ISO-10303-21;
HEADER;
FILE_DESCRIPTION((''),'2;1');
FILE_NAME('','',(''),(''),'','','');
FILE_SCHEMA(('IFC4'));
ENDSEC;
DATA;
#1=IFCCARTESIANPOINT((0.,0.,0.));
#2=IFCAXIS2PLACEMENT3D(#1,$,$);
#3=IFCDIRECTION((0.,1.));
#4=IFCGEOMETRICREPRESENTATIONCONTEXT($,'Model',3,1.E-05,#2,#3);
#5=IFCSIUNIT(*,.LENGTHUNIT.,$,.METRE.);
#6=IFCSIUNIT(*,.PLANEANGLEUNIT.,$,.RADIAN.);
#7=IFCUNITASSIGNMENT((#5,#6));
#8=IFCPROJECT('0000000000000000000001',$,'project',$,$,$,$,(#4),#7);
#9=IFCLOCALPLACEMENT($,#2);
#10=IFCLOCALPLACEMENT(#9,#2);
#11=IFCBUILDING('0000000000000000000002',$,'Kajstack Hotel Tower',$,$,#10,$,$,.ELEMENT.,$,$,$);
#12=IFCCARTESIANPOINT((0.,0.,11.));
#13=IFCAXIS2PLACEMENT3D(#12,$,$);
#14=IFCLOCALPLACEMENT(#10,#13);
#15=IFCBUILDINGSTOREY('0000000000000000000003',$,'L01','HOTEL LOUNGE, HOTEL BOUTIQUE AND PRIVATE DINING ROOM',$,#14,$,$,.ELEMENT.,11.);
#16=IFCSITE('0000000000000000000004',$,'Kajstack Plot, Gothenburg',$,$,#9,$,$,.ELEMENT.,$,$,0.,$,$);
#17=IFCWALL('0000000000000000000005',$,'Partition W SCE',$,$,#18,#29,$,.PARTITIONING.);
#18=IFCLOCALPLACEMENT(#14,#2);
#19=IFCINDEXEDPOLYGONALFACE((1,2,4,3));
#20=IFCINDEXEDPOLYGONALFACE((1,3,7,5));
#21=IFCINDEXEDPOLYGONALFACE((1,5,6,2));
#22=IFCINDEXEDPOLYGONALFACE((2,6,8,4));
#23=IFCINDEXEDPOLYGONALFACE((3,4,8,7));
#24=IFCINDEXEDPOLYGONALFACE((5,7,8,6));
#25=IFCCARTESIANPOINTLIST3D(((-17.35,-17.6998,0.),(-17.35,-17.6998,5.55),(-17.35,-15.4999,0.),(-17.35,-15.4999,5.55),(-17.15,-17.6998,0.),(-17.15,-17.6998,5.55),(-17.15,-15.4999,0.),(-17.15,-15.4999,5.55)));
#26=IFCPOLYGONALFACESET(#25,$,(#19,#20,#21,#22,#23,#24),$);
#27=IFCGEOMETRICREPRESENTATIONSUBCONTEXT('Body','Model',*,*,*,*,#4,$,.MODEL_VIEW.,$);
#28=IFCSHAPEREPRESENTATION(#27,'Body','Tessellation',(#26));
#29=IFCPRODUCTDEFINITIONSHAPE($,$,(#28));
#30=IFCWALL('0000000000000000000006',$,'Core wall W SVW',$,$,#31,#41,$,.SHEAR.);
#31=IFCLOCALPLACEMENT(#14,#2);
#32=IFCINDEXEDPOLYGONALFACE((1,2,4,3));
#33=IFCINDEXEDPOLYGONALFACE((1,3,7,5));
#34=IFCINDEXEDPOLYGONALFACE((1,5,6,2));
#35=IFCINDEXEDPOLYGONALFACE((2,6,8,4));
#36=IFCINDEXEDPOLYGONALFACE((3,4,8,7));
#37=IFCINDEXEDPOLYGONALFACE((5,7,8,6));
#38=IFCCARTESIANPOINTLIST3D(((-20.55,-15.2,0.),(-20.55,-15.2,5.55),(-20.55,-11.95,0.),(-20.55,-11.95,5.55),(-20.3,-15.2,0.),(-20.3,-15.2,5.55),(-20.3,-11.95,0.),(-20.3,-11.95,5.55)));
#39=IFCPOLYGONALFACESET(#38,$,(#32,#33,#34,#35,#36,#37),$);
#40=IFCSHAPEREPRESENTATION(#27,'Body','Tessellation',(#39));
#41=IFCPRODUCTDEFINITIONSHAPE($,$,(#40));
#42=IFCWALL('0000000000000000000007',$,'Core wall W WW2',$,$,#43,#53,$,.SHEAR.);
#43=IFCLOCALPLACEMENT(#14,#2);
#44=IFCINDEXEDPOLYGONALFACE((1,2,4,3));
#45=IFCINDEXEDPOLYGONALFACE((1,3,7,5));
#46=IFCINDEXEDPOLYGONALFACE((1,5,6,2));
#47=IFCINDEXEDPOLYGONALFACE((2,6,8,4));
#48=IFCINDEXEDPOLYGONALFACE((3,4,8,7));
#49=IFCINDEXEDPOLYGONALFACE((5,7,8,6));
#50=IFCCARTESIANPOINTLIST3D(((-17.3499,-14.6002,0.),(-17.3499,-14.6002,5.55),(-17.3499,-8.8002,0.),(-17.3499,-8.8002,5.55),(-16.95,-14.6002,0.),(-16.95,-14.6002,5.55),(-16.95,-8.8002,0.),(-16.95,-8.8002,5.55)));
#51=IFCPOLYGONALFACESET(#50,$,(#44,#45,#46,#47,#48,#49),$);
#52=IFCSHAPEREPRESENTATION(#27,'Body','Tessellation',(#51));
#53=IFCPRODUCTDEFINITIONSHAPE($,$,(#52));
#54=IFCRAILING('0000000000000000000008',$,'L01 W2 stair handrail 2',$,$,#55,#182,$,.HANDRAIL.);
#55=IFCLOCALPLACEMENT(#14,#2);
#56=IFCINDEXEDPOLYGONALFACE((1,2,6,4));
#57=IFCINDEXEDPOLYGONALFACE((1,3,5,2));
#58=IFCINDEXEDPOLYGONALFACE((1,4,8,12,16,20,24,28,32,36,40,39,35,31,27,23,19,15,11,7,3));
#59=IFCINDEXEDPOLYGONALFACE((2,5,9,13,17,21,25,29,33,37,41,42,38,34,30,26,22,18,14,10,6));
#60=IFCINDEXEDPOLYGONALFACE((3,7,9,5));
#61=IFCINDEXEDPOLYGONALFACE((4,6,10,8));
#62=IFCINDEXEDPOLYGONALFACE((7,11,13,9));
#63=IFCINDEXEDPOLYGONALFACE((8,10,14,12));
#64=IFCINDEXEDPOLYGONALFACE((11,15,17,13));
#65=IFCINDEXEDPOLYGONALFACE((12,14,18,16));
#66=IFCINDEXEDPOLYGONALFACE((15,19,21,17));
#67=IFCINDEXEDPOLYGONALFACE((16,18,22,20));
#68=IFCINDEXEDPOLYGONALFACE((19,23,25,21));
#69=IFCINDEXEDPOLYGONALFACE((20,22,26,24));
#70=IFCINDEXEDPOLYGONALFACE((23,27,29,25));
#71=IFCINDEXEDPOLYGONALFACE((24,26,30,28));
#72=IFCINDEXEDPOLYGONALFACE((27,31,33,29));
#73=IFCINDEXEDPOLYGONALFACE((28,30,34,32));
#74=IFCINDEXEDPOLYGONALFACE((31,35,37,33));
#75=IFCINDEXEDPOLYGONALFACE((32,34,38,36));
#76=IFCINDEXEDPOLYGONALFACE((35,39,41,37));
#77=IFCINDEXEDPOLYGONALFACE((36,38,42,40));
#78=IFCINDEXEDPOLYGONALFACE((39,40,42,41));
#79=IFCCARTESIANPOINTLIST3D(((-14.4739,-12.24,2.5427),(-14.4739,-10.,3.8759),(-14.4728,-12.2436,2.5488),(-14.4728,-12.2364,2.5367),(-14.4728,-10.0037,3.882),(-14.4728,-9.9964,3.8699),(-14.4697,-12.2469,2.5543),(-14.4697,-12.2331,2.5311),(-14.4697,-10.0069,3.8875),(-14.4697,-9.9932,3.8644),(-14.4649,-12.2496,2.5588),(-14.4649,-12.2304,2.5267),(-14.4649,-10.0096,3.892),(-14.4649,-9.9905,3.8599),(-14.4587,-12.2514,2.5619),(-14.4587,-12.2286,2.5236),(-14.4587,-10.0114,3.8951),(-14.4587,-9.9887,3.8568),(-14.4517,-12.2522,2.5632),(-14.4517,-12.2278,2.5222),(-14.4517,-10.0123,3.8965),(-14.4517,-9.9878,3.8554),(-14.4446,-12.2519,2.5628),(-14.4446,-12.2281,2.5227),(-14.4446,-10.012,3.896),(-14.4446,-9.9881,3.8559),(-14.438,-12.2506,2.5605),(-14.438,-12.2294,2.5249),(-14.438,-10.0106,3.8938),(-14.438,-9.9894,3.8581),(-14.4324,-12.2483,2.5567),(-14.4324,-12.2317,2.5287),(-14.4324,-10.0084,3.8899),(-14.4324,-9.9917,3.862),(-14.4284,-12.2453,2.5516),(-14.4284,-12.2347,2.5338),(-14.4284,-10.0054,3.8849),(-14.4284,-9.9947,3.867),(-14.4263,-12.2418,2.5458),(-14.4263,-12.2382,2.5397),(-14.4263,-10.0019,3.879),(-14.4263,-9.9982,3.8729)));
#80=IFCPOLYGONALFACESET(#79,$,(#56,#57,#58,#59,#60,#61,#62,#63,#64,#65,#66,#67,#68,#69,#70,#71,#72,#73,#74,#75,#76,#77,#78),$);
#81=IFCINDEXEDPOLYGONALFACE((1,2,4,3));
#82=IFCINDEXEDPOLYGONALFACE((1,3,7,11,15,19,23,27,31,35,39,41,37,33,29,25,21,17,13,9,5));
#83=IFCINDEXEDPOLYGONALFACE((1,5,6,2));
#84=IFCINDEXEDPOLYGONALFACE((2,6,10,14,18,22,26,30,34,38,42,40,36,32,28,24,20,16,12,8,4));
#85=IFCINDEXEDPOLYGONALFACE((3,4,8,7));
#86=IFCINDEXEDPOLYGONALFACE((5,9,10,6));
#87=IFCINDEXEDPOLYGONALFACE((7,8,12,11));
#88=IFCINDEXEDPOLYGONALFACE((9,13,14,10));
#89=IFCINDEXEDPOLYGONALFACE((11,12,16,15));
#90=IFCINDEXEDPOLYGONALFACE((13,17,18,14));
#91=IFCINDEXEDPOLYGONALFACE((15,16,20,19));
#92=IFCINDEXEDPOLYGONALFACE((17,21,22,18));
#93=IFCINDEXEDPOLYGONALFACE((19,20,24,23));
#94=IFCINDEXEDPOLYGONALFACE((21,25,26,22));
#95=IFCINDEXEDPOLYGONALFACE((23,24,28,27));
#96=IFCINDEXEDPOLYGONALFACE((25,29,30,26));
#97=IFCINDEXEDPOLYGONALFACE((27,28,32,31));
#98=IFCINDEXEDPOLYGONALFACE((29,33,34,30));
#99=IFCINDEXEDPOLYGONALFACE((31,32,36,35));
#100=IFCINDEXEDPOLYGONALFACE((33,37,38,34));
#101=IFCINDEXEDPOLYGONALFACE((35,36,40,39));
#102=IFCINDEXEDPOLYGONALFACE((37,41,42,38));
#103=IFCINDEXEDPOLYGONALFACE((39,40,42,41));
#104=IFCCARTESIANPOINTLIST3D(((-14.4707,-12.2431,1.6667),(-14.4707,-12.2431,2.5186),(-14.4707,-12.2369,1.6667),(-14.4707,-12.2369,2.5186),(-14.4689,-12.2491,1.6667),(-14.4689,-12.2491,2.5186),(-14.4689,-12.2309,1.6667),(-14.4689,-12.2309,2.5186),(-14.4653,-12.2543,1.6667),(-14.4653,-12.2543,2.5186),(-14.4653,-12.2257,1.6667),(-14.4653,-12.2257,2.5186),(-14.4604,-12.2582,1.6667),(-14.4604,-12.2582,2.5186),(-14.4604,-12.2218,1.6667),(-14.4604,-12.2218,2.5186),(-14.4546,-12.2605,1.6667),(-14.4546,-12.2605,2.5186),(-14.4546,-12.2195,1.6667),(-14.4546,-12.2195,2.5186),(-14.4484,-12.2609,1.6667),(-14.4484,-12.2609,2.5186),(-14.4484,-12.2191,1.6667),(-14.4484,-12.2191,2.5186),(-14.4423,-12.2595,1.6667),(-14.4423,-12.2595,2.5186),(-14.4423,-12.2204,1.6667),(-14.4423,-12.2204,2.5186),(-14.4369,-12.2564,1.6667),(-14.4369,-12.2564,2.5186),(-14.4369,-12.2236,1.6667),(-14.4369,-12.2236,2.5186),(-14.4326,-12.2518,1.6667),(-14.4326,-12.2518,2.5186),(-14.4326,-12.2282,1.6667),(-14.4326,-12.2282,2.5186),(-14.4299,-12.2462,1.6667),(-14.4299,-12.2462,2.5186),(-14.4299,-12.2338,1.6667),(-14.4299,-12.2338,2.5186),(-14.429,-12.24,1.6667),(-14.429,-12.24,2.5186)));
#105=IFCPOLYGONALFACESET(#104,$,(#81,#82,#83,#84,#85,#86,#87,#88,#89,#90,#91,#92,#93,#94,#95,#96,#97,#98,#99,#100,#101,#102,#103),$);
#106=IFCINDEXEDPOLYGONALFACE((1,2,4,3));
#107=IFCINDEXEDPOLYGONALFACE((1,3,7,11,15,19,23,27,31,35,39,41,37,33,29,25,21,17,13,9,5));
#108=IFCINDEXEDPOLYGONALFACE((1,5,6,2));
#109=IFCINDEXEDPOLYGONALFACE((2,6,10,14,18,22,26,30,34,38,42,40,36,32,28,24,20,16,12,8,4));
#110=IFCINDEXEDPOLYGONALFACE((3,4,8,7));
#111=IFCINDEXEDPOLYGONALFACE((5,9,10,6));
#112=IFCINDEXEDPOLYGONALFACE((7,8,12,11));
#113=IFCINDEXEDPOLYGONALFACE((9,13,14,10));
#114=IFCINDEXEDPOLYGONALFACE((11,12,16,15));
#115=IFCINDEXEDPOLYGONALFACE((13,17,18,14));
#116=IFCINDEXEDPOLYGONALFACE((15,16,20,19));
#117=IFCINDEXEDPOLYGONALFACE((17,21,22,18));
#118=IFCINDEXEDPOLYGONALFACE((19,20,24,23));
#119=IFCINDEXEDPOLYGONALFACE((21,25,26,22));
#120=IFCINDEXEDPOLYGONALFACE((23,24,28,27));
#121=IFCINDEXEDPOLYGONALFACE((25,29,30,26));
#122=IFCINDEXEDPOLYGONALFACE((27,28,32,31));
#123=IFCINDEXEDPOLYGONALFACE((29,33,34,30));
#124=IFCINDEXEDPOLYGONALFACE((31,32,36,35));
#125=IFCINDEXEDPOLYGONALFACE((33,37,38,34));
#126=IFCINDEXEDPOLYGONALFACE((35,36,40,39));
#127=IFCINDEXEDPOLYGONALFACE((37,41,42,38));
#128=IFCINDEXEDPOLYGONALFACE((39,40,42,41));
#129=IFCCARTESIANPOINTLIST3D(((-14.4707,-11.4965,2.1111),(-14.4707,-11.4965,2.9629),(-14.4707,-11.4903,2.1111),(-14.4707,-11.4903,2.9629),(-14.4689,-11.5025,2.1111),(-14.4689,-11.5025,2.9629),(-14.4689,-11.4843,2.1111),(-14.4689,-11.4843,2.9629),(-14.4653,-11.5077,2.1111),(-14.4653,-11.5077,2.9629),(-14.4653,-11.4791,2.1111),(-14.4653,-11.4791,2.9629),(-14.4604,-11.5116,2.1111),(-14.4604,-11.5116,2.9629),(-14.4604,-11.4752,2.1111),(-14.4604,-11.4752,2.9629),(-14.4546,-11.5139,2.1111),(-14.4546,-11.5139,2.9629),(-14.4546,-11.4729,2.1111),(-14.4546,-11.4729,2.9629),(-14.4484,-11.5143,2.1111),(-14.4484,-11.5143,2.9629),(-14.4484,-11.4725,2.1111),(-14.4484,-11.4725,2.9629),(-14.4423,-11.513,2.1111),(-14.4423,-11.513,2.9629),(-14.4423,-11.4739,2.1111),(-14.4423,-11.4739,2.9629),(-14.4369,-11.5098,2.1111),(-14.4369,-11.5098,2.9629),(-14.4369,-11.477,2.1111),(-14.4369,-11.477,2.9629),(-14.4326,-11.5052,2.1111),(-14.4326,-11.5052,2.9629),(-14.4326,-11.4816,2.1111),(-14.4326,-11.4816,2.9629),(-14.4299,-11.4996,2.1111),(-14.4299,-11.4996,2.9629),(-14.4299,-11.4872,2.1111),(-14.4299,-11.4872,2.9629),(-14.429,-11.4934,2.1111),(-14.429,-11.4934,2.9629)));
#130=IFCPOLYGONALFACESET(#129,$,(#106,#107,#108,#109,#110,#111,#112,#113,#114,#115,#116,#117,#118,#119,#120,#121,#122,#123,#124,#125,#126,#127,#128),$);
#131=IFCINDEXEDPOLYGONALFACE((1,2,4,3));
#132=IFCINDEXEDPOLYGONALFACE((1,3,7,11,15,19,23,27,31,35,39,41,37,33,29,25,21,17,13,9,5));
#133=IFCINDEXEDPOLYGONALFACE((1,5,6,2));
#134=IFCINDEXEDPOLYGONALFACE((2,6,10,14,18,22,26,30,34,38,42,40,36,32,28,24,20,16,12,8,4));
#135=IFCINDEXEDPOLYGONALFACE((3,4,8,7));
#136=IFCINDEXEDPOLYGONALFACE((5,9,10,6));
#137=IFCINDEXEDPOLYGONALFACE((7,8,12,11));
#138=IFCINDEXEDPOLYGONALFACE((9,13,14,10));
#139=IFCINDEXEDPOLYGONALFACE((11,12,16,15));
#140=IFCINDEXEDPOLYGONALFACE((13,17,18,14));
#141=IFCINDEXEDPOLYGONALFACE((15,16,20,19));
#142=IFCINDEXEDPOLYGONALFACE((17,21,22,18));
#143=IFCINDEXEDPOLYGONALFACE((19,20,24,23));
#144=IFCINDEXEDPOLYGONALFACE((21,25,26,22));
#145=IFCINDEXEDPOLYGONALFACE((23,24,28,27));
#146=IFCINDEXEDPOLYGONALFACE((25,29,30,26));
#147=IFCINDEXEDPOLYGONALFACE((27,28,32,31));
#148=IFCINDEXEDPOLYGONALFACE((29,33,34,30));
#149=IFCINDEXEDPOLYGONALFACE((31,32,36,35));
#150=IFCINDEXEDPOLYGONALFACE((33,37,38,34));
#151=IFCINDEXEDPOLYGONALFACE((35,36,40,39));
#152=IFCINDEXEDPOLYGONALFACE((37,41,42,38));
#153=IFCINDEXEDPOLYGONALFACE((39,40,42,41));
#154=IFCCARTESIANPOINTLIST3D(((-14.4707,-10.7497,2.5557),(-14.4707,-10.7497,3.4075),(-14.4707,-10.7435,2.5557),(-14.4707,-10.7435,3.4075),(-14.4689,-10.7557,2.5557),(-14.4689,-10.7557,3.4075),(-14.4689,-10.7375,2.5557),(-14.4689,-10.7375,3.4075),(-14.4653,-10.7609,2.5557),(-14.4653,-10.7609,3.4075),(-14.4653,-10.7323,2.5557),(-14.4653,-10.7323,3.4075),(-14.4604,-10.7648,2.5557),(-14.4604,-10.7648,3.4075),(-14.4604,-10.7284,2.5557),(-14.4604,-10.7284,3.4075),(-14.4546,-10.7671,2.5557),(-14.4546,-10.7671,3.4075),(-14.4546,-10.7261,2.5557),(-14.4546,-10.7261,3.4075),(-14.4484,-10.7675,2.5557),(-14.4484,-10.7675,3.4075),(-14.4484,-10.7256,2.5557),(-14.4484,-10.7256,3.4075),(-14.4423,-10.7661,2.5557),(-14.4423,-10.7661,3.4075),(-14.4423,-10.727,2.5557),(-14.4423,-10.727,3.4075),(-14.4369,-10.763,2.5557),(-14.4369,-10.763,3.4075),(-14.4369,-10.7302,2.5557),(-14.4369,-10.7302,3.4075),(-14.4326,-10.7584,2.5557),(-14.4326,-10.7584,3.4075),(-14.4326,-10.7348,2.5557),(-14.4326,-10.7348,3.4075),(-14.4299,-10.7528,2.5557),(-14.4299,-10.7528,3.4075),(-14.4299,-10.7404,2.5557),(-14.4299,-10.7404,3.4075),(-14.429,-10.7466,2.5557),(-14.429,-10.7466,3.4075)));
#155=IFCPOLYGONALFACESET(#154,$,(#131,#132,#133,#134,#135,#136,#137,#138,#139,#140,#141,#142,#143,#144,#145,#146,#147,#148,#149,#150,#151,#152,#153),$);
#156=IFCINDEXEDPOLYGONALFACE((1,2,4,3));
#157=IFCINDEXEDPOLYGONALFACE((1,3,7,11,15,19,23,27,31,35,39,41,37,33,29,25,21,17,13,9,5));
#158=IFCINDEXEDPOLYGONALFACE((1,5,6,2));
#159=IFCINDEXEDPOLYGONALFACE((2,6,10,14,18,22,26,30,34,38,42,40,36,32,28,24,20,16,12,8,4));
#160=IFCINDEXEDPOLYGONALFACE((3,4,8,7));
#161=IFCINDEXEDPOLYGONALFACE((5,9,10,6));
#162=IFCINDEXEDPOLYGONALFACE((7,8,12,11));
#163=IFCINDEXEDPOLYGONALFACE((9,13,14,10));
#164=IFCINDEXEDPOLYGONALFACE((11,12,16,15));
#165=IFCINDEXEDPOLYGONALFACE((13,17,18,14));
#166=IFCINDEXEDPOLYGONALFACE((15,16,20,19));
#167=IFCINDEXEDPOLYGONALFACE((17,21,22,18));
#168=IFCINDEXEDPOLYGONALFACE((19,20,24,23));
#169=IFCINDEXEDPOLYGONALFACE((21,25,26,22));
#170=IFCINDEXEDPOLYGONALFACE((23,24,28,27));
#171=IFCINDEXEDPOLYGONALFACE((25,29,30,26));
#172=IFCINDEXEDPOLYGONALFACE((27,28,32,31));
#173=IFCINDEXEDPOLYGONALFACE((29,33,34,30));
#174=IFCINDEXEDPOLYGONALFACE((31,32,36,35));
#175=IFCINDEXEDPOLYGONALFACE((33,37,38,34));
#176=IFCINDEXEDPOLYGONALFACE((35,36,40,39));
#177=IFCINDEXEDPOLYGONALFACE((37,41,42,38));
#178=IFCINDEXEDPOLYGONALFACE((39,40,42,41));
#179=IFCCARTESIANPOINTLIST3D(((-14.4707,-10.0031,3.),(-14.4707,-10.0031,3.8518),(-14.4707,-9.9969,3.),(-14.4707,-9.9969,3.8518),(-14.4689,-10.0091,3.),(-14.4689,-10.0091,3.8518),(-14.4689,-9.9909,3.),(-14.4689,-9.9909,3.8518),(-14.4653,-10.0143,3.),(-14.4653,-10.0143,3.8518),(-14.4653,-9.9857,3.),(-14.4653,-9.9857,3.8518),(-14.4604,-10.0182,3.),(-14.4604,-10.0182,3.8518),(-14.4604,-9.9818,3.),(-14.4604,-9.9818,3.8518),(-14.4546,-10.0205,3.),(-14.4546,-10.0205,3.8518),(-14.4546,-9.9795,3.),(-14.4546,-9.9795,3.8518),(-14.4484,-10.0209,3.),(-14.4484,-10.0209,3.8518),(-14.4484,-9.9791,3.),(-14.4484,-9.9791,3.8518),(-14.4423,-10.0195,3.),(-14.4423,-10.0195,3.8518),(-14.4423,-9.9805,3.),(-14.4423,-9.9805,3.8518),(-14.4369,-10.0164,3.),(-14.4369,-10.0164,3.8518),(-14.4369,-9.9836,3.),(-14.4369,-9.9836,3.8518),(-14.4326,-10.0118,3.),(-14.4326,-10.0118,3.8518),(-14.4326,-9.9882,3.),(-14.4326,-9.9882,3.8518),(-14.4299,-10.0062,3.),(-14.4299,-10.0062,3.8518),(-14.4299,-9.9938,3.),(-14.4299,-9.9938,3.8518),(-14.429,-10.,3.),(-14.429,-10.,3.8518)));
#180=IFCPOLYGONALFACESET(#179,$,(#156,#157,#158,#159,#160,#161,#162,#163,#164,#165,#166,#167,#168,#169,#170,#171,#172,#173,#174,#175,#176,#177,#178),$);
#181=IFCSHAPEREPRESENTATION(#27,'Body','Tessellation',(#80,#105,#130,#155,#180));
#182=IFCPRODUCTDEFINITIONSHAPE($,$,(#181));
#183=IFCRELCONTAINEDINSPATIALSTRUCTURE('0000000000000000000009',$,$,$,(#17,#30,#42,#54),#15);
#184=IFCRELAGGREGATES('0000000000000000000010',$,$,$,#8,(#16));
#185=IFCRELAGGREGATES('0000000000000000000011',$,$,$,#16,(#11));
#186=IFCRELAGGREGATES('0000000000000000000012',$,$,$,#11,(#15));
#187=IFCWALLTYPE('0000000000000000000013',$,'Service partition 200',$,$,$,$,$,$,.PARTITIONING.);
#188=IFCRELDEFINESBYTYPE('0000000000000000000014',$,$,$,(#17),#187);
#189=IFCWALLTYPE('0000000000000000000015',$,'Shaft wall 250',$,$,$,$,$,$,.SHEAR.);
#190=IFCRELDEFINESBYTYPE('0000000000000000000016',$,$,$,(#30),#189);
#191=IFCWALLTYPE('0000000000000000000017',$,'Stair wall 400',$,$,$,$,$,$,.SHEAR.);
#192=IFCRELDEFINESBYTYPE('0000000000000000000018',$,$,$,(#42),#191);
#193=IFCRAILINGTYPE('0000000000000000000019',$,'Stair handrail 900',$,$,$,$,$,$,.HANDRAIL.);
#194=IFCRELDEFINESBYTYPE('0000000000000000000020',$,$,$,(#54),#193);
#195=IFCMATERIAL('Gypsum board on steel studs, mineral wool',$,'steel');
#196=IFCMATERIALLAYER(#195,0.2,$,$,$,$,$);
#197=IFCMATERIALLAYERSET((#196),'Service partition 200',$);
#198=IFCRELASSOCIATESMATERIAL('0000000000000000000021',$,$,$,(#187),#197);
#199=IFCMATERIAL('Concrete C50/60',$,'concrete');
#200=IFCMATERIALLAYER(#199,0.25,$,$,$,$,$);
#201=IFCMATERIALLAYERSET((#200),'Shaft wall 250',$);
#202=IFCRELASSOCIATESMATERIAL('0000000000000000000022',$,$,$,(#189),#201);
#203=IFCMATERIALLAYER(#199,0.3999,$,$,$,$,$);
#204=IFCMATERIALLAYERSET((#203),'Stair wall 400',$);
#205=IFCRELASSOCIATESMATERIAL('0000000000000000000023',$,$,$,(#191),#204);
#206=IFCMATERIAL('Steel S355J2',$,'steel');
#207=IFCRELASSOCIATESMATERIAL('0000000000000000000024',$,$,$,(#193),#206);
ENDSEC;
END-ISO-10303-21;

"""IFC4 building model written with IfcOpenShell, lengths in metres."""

from ifc_helpers import new_model, si_unit, direction, frame, frame_2d, origin, origin_2d, place, context, subcontext, project, spatial, rectangle, circle, extrude, material, layer, layer_set, type_object, element, save


model = new_model("IFC4")

# Units and contexts
model_context = context("Model", 3, precision=1e-05, world=origin(), true_north=direction((0.0, 1.0)))
body_context = subcontext(model_context, "Body", "Model", "MODEL_VIEW")
ifc_project = project(units=[si_unit("LENGTHUNIT", "METRE"), si_unit("PLANEANGLEUNIT", "RADIAN")], contexts=[model_context])

# Site, building, storey
site_placement = place(None, origin())
site = spatial("IfcSite", under=ifc_project, at=site_placement, Name="Kajstack Plot, Gothenburg", CompositionType="ELEMENT", RefElevation=0.0)
building_placement = place(site_placement, origin())
building = spatial("IfcBuilding", under=site, at=building_placement, Name="Kajstack Hotel Tower", CompositionType="ELEMENT")
storey_placement = place(building_placement, frame((0.0, 0.0, 11.0)))
storey = spatial("IfcBuildingStorey", under=building, at=storey_placement, Name="L01", Description="HOTEL LOUNGE, HOTEL BOUTIQUE AND PRIVATE DINING ROOM", CompositionType="ELEMENT", Elevation=11.0)

# Walls
ifc_material_1 = material(Name="Gypsum board on steel studs, mineral wool", Category="steel")
ifc_layer_1 = layer(ifc_material_1, 0.2)
ifc_layer_set_1 = layer_set([ifc_layer_1], Name="Service partition 200")
wall_type_1 = type_object("IfcWallType", Name="Service partition 200", PredefinedType="PARTITIONING", material=ifc_layer_set_1)
wall_1_placement = place(storey_placement, frame((-17.25, -17.7, 0.0), z_axis=(0.0, 0.0, 1.0), x_axis=(0.0, 1.0, 0.0)))
element("IfcWall", 1, at=wall_1_placement, inside=storey, type_object=wall_type_1, Name="Partition W SCE", PredefinedType="PARTITIONING", context=body_context, shape_type="SweptSolid", body=[
    extrude(rectangle(XDim=2.2, YDim=0.2, at=frame_2d((1.1001, 0.0))), origin(), (0.0, 0.0, 1.0), 5.55),
])
ifc_material_2 = material(Name="Concrete C50/60", Category="concrete")
ifc_layer_2 = layer(ifc_material_2, 0.25)
ifc_layer_set_2 = layer_set([ifc_layer_2], Name="Shaft wall 250")
wall_type_2 = type_object("IfcWallType", Name="Shaft wall 250", PredefinedType="SHEAR", material=ifc_layer_set_2)
wall_2_placement = place(storey_placement, frame((-20.425, -15.2, 0.0), z_axis=(0.0, 0.0, 1.0), x_axis=(0.0, 1.0, 0.0)))
element("IfcWall", 2, at=wall_2_placement, inside=storey, type_object=wall_type_2, Name="Core wall W SVW", PredefinedType="SHEAR", context=body_context, shape_type="SweptSolid", body=[
    extrude(rectangle(XDim=3.25, YDim=0.25, at=frame_2d((1.625, 0.0))), origin(), (0.0, 0.0, 1.0), 5.55),
])
ifc_layer_3 = layer(ifc_material_2, 0.3999)
ifc_layer_set_3 = layer_set([ifc_layer_3], Name="Stair wall 400")
wall_type_3 = type_object("IfcWallType", Name="Stair wall 400", PredefinedType="SHEAR", material=ifc_layer_set_3)
wall_3_placement = place(storey_placement, frame((-17.1499, -14.6001, 0.0), z_axis=(0.0, 0.0, 1.0), x_axis=(0.0, 1.0, 0.0)))
element("IfcWall", 3, at=wall_3_placement, inside=storey, type_object=wall_type_3, Name="Core wall W WW2", PredefinedType="SHEAR", context=body_context, shape_type="SweptSolid", body=[
    extrude(rectangle(XDim=5.8, YDim=0.3999, at=frame_2d((2.8999, 0.0))), origin(), (0.0, 0.0, 1.0), 5.55),
])

# Railing
ifc_material_3 = material(Name="Steel S355J2", Category="steel")
railing_type = type_object("IfcRailingType", Name="Stair handrail 900", PredefinedType="HANDRAIL", material=ifc_material_3)
for number, where, name in (
    (4, (-14.45, -12.24, 1.6667), "L01 W2 stair handrail 2"),
):
    element("IfcRailing", number, at=place(storey_placement, frame(where)), inside=storey, type_object=railing_type, Name=name, PredefinedType="HANDRAIL", context=body_context, shape_type="SweptSolid", body=[
        extrude(circle(Radius=0.0239, at=origin_2d()), frame((0.0, 0.0, 0.876), z_axis=(0.0, 0.859306, 0.511462), x_axis=(-1.0, 0.0, 0.0)), (0.0, 0.0, 1.0), 2.6067),
        extrude(circle(Radius=0.021, at=origin_2d()), origin(), (0.0, 0.0, 1.0), 0.8518),
        extrude(circle(Radius=0.021, at=origin_2d()), frame((0.0, 0.7466, 0.4443)), (0.0, 0.0, 1.0), 0.8518),
        extrude(circle(Radius=0.021, at=origin_2d()), frame((0.0, 1.4934, 0.8889)), (0.0, 0.0, 1.0), 0.8518),
        extrude(circle(Radius=0.021, at=origin_2d()), frame((0.0, 2.24, 1.3333)), (0.0, 0.0, 1.0), 0.8518),
    ])

save(model, "model.ifc")
